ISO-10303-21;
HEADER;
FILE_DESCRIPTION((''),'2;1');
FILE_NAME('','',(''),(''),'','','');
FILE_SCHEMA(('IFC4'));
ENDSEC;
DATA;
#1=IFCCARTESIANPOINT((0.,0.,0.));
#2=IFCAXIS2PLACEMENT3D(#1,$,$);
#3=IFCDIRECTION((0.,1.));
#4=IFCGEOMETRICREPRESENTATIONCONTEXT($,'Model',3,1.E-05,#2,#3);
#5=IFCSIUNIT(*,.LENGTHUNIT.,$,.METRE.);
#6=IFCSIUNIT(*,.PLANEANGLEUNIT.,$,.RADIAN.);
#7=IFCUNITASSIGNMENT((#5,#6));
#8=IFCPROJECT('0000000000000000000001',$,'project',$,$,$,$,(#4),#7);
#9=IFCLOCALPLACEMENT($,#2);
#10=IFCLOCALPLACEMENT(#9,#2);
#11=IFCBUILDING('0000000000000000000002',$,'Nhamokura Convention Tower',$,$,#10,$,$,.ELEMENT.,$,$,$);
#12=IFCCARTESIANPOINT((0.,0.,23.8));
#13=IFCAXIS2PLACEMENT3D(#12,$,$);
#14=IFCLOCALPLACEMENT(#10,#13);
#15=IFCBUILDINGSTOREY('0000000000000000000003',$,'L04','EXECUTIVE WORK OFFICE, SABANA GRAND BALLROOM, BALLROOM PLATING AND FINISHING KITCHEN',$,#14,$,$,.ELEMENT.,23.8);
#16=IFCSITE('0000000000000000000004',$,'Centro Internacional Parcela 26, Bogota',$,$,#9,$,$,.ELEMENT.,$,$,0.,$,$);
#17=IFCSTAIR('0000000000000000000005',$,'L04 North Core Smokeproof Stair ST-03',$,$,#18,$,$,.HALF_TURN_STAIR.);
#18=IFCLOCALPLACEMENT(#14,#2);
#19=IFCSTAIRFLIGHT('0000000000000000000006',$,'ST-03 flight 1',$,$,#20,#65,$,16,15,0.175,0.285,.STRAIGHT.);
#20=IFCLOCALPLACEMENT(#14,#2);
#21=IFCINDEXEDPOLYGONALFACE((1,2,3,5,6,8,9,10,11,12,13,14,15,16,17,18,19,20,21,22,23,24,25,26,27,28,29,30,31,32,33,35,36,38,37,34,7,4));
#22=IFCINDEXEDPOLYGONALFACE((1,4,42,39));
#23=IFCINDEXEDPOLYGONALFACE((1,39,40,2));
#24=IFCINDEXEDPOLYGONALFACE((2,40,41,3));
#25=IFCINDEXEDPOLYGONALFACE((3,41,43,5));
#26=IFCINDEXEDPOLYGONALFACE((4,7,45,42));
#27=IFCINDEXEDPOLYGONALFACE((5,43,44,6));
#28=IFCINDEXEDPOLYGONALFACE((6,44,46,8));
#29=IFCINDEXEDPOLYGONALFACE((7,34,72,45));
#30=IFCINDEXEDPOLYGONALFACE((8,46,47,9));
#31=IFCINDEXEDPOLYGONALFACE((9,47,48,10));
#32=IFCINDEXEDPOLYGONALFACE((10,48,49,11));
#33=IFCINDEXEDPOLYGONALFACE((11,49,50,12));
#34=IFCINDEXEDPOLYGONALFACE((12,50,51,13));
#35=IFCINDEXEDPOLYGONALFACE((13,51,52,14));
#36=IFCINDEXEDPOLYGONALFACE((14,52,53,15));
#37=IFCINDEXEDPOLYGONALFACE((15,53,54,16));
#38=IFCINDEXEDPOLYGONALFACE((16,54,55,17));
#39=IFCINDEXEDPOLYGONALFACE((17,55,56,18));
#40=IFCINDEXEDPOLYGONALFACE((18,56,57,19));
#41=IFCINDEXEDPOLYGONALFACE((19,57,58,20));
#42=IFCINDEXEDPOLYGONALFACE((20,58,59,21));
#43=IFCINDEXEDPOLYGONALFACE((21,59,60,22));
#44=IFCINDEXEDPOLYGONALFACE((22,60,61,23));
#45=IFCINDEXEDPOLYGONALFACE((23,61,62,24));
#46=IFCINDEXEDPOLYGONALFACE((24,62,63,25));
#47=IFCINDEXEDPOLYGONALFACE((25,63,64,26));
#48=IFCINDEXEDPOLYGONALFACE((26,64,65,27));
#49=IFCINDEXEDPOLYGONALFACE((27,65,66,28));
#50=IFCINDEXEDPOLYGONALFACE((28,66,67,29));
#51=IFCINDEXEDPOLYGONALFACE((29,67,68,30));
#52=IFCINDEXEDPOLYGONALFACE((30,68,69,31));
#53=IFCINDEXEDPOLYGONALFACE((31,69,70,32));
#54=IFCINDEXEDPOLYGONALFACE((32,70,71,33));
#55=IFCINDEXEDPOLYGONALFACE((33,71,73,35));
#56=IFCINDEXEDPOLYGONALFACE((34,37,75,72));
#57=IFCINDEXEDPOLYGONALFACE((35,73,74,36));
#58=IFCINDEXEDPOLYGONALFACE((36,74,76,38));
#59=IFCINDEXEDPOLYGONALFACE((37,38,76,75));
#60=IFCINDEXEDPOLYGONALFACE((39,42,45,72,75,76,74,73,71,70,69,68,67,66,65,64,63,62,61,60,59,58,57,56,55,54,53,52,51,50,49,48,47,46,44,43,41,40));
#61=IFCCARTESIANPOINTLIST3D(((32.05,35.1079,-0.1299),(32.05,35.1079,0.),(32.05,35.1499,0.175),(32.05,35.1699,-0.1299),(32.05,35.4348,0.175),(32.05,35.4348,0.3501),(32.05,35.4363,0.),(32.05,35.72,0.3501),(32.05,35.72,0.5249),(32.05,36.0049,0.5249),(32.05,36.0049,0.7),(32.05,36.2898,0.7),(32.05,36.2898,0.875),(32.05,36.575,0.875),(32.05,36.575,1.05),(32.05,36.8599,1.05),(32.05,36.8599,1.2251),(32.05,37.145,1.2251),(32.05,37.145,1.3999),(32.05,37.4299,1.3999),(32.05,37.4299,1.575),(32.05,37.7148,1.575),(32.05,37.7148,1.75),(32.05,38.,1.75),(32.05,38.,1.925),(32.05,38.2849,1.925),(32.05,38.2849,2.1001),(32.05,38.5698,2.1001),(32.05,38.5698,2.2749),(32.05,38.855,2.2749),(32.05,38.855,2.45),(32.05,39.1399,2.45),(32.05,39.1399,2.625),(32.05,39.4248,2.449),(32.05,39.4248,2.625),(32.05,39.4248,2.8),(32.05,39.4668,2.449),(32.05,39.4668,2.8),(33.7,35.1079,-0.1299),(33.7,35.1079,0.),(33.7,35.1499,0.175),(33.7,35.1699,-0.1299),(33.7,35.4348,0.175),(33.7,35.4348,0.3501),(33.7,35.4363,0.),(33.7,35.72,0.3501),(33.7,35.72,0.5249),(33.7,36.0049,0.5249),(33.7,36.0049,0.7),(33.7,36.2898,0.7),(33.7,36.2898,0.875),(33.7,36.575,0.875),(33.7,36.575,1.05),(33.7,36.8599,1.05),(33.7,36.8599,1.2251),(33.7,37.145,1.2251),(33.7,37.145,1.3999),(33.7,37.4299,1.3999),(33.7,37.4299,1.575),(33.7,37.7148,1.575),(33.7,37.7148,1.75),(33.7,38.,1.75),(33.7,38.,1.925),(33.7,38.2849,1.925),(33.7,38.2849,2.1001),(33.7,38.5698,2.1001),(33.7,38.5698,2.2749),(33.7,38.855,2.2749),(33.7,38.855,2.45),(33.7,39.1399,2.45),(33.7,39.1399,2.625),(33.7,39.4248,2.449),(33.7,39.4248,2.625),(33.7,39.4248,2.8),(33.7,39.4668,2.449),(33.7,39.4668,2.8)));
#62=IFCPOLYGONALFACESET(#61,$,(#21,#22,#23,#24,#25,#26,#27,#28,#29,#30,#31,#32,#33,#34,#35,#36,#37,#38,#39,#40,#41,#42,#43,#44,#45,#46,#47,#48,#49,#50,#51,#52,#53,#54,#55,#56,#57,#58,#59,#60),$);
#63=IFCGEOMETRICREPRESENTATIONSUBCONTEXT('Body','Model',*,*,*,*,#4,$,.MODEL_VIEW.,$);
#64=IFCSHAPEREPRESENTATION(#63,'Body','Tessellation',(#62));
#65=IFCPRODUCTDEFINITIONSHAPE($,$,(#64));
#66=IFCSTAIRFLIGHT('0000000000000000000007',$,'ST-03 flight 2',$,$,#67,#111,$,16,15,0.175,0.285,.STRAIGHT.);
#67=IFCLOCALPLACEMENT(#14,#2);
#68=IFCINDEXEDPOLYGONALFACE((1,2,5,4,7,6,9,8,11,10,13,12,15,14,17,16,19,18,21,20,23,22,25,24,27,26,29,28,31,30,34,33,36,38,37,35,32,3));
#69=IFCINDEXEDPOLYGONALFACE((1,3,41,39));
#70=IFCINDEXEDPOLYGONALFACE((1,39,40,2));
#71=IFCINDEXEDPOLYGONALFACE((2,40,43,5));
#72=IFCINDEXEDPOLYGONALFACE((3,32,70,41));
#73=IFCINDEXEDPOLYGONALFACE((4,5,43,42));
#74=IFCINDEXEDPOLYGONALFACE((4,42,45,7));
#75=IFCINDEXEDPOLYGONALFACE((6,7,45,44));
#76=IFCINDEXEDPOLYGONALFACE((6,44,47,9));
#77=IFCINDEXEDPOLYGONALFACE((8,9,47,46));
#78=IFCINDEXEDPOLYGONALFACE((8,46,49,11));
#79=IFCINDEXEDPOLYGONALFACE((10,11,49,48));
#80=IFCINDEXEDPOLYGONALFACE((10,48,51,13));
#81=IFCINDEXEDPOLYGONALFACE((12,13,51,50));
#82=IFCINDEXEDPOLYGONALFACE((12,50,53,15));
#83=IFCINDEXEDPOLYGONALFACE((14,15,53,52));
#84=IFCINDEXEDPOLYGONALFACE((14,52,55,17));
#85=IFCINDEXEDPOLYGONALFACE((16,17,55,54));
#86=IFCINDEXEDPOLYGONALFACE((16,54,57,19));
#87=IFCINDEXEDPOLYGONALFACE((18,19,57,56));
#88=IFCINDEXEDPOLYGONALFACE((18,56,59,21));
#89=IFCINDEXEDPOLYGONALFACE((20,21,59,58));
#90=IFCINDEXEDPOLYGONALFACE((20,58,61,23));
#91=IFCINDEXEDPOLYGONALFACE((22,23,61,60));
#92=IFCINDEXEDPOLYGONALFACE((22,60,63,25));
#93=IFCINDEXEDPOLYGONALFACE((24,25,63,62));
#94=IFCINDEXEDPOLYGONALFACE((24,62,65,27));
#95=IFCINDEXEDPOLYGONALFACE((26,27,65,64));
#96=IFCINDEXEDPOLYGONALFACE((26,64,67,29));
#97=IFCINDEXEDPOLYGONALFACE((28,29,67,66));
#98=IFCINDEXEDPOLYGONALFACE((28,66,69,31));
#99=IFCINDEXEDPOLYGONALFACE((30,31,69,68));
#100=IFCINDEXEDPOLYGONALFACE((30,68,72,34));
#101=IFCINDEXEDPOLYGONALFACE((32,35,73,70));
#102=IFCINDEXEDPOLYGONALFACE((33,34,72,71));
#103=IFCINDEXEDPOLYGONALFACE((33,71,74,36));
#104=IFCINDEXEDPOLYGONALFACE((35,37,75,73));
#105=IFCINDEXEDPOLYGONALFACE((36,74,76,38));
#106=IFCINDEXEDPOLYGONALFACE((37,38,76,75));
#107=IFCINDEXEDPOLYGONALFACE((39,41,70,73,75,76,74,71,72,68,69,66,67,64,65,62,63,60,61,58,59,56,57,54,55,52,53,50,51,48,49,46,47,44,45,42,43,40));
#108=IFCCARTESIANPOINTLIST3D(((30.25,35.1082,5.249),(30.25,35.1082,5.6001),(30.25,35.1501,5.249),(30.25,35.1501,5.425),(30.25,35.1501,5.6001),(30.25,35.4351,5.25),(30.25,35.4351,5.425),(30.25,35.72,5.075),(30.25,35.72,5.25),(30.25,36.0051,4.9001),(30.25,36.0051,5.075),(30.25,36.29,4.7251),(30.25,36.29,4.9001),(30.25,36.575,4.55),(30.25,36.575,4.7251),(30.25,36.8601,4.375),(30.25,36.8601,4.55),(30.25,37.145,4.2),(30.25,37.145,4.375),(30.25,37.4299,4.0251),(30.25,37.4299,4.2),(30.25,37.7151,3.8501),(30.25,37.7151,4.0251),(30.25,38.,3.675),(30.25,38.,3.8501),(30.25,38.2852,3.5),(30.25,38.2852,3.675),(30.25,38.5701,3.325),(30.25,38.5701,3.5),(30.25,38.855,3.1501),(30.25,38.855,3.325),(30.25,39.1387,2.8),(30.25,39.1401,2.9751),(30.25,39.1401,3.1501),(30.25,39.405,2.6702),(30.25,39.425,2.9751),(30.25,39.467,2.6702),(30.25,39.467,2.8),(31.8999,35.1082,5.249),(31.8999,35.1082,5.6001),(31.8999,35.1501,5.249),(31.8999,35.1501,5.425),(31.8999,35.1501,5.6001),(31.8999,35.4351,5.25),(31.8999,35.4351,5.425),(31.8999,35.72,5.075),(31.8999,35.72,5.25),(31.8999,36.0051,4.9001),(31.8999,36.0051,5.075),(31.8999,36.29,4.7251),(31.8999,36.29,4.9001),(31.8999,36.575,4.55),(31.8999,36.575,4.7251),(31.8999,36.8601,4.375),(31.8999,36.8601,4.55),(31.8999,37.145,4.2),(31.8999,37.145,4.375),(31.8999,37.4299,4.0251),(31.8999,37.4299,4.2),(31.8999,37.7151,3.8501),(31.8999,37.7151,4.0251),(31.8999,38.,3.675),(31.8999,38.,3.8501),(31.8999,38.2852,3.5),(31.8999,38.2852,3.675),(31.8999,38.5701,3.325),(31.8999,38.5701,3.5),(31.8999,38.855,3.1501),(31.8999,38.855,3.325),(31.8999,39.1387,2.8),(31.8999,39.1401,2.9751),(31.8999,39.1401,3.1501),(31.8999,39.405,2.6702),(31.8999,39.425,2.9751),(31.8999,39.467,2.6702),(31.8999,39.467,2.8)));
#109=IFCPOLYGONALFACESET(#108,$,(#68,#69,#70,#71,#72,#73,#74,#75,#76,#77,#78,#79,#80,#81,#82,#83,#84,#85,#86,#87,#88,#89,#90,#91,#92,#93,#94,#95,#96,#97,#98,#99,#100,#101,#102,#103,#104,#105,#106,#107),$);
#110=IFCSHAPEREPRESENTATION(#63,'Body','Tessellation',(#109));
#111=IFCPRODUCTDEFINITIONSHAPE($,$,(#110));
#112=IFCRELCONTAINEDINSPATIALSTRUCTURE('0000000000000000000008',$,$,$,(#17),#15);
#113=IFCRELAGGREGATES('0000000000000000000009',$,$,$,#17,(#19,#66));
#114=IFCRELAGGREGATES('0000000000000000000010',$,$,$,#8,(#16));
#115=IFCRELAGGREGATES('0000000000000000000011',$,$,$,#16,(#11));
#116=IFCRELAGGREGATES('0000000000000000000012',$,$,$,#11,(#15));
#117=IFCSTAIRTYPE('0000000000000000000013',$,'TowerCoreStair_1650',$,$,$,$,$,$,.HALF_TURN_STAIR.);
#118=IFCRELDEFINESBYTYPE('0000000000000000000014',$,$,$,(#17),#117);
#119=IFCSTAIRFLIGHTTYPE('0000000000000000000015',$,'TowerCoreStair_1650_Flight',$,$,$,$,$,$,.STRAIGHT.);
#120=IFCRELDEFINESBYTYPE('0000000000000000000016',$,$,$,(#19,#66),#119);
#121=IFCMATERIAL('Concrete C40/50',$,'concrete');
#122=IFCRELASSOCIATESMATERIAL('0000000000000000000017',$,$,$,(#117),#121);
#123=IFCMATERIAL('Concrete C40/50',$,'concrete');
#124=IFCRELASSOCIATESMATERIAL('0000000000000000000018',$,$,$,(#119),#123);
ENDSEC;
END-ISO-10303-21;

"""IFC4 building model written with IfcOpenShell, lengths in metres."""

from ifc_helpers import new_model, si_unit, direction, frame, origin, place, context, subcontext, project, spatial, polyline, outline, extrude, material, type_object, element, aggregate, save


model = new_model("IFC4")

# Units and contexts
model_context = context("Model", 3, precision=1e-05, world=origin(), true_north=direction((0.0, 1.0)))
body_context = subcontext(model_context, "Body", "Model", "MODEL_VIEW")
ifc_project = project(units=[si_unit("LENGTHUNIT", "METRE"), si_unit("PLANEANGLEUNIT", "RADIAN")], contexts=[model_context])

# Site, building, storey
site_placement = place(None, origin())
site = spatial("IfcSite", under=ifc_project, at=site_placement, Name="Centro Internacional Parcela 26, Bogota", CompositionType="ELEMENT", RefElevation=0.0)
building_placement = place(site_placement, origin())
building = spatial("IfcBuilding", under=site, at=building_placement, Name="Nhamokura Convention Tower", CompositionType="ELEMENT")
storey_placement = place(building_placement, frame((0.0, 0.0, 23.8)))
storey = spatial("IfcBuildingStorey", under=building, at=storey_placement, Name="L04", Description="EXECUTIVE WORK OFFICE, SABANA GRAND BALLROOM, BALLROOM PLATING AND FINISHING KITCHEN", CompositionType="ELEMENT", Elevation=23.8)

# Stair, stair flights
ifc_material_1 = material(Name="Concrete C40/50", Category="concrete")
stair_type = type_object("IfcStairType", Name="TowerCoreStair_1650", PredefinedType="HALF_TURN_STAIR", material=ifc_material_1)
stair_placement = place(storey_placement, origin())
stair = element("IfcStair", 1, at=stair_placement, inside=storey, type_object=stair_type, Name="L04 North Core Smokeproof Stair ST-03", PredefinedType="HALF_TURN_STAIR")
ifc_material_2 = material(Name="Concrete C40/50", Category="concrete")
stair_flight_type = type_object("IfcStairFlightType", Name="TowerCoreStair_1650_Flight", PredefinedType="STRAIGHT", material=ifc_material_2)
stair_flight_1_placement = place(storey_placement, frame((32.875, 35.1499, 0.0), z_axis=(0.0, 0.0, 1.0), x_axis=(0.0, 1.0, 0.0)))
stair_flight_1 = element("IfcStairFlight", 2, at=stair_flight_1_placement, type_object=stair_flight_type, Name="ST-03 flight 1", NumberOfRisers=16, NumberOfTreads=15, PredefinedType="STRAIGHT", RiserHeight=0.175, TreadLength=0.285, context=body_context, shape_type="SweptSolid", body=[
    extrude(outline(polyline([(-0.042, 0.0), (0.0, 0.175), (0.2849, 0.175), (0.2849, 0.3501), (0.5701, 0.3501), (0.5701, 0.5249), (0.855, 0.5249), (0.855, 0.7), (1.1399, 0.7), (1.1399, 0.875), (1.425, 0.875), (1.425, 1.05), (1.71, 1.05), (1.71, 1.2251), (1.9951, 1.2251), (1.9951, 1.3999), (2.28, 1.3999), (2.28, 1.575), (2.5649, 1.575), (2.5649, 1.75), (2.8501, 1.75), (2.8501, 1.925), (3.135, 1.925), (3.135, 2.1001), (3.4199, 2.1001), (3.4199, 2.2749), (3.7051, 2.2749), (3.7051, 2.45), (3.99, 2.45), (3.99, 2.625), (4.2749, 2.625), (4.2749, 2.8), (4.3169, 2.8), (4.3169, 2.449), (4.2749, 2.449), (0.2864, 0.0), (0.02, -0.1299), (-0.042, -0.1299), (-0.042, 0.0)])), frame((0.0, 0.825, 0.0), z_axis=(0.0, -1.0, 0.0), x_axis=(1.0, 0.0, 0.0)), (0.0, 0.0, 1.0), 1.6499),
])
stair_flight_2_placement = place(storey_placement, frame((31.075, 39.425, 2.8), z_axis=(0.0, 0.0, 1.0), x_axis=(0.0, -1.0, 0.0)))
stair_flight_2 = element("IfcStairFlight", 3, at=stair_flight_2_placement, type_object=stair_flight_type, Name="ST-03 flight 2", NumberOfRisers=16, NumberOfTreads=15, PredefinedType="STRAIGHT", RiserHeight=0.175, TreadLength=0.285, context=body_context, shape_type="SweptSolid", body=[
    extrude(outline(polyline([(-0.042, 0.0), (0.0, 0.175), (0.2849, 0.175), (0.2849, 0.3501), (0.5701, 0.3501), (0.5701, 0.5249), (0.855, 0.5249), (0.855, 0.7), (1.1399, 0.7), (1.1399, 0.875), (1.425, 0.875), (1.425, 1.05), (1.71, 1.05), (1.71, 1.2251), (1.9951, 1.2251), (1.9951, 1.3999), (2.28, 1.3999), (2.28, 1.575), (2.5649, 1.575), (2.5649, 1.75), (2.8501, 1.75), (2.8501, 1.925), (3.135, 1.925), (3.135, 2.1001), (3.4199, 2.1001), (3.4199, 2.2749), (3.7051, 2.2749), (3.7051, 2.45), (3.99, 2.45), (3.99, 2.625), (4.2749, 2.625), (4.2749, 2.8), (4.3169, 2.8), (4.3169, 2.449), (4.2749, 2.449), (0.2864, 0.0), (0.02, -0.1299), (-0.042, -0.1299), (-0.042, 0.0)])), frame((0.0, 0.825, 0.0), z_axis=(0.0, -1.0, 0.0), x_axis=(1.0, 0.0, 0.0)), (0.0, 0.0, 1.0), 1.6499),
])
aggregate(stair, [stair_flight_1, stair_flight_2])

save(model, "model.ifc")
